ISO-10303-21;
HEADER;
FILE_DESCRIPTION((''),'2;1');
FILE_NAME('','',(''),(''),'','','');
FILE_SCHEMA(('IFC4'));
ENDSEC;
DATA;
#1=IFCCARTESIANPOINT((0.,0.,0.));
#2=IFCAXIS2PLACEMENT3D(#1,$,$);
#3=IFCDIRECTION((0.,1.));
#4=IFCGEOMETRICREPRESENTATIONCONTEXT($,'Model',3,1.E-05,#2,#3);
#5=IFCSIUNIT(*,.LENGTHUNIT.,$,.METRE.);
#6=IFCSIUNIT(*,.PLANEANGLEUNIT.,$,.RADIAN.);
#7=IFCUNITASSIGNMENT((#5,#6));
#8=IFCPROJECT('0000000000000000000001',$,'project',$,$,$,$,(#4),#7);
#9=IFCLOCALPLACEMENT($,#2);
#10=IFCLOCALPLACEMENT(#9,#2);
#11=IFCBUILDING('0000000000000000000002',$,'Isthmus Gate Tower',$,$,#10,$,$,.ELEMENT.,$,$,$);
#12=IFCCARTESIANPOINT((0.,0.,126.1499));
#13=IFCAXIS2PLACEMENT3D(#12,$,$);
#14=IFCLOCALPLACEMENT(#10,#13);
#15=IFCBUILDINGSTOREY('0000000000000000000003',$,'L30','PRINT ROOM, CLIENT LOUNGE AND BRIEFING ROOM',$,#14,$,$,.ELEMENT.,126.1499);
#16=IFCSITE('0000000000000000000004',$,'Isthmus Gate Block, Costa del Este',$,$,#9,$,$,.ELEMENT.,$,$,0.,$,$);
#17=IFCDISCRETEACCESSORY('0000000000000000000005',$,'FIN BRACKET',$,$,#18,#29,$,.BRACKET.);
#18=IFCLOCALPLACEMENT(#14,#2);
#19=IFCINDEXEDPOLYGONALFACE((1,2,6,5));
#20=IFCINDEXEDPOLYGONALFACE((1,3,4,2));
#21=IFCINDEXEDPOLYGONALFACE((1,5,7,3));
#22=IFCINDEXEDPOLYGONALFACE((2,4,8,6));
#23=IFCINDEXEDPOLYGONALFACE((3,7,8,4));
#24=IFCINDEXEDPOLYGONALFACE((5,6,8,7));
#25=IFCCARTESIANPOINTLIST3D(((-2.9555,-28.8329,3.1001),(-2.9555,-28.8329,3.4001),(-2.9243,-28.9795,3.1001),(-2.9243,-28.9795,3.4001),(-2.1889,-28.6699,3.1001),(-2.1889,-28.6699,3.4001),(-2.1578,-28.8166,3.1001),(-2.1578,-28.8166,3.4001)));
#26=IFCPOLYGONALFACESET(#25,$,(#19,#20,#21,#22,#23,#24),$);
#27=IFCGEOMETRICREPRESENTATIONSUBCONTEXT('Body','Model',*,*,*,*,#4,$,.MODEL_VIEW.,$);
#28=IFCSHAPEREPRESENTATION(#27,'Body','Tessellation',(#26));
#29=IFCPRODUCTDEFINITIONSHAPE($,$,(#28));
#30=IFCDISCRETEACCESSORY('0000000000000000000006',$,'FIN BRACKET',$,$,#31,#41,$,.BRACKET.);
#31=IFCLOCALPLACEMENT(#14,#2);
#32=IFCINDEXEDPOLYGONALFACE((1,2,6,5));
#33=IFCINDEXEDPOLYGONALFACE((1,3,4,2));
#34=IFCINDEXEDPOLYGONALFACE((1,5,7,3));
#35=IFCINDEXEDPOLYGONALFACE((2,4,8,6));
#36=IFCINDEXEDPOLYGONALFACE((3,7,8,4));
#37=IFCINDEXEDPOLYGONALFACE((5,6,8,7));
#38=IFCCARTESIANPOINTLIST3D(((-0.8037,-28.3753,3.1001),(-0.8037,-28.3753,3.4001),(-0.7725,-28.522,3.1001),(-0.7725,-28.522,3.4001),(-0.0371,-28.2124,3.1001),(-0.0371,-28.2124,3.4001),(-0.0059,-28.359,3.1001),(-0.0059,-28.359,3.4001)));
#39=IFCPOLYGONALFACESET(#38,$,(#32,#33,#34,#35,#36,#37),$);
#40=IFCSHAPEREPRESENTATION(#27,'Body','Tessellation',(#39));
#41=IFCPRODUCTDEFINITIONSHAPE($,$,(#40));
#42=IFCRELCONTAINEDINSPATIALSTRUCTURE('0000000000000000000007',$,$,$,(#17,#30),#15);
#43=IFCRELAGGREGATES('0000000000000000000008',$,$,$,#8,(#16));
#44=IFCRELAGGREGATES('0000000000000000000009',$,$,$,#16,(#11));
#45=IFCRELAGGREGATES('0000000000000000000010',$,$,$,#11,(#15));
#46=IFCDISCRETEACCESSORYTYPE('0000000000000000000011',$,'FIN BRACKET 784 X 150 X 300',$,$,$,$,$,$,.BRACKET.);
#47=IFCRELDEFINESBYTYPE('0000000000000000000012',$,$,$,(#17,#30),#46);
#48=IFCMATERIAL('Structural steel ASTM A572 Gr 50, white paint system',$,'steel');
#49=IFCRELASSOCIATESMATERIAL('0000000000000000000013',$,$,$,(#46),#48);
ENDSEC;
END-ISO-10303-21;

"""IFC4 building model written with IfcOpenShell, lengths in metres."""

from ifc_helpers import new_model, si_unit, direction, frame, origin, origin_2d, place, context, subcontext, project, spatial, rectangle, extrude, material, type_object, element, save


model = new_model("IFC4")

# Units and contexts
model_context = context("Model", 3, precision=1e-05, world=origin(), true_north=direction((0.0, 1.0)))
body_context = subcontext(model_context, "Body", "Model", "MODEL_VIEW")
ifc_project = project(units=[si_unit("LENGTHUNIT", "METRE"), si_unit("PLANEANGLEUNIT", "RADIAN")], contexts=[model_context])

# Site, building, storey
site_placement = place(None, origin())
site = spatial("IfcSite", under=ifc_project, at=site_placement, Name="Isthmus Gate Block, Costa del Este", CompositionType="ELEMENT", RefElevation=0.0)
building_placement = place(site_placement, origin())
building = spatial("IfcBuilding", under=site, at=building_placement, Name="Isthmus Gate Tower", CompositionType="ELEMENT")
storey_placement = place(building_placement, frame((0.0, 0.0, 126.1499)))
storey = spatial("IfcBuildingStorey", under=building, at=storey_placement, Name="L30", Description="PRINT ROOM, CLIENT LOUNGE AND BRIEFING ROOM", CompositionType="ELEMENT", Elevation=126.1499)

# Discrete accessories
ifc_material_1 = material(Name="Structural steel ASTM A572 Gr 50, white paint system", Category="steel")
discrete_accessory_type = type_object("IfcDiscreteAccessoryType", Name="FIN BRACKET 784 X 150 X 300", PredefinedType="BRACKET", material=ifc_material_1)
for number, where, z_axis, x_axis, name in (
    (1, (-2.5566, -28.8247, 3.1001), (0.0, 0.0, 1.0), (0.207912, -0.978148, 0.0), "FIN BRACKET"),
    (2, (-0.4048, -28.3672, 3.1001), (0.0, 0.0, 1.0), (0.207912, -0.978148, 0.0), "FIN BRACKET"),
):
    element("IfcDiscreteAccessory", number, at=place(storey_placement, frame(where, z_axis=z_axis, x_axis=x_axis)), inside=storey, type_object=discrete_accessory_type, Name=name, PredefinedType="BRACKET", context=body_context, shape_type="SweptSolid", body=[
        extrude(rectangle(XDim=0.1499, YDim=0.7837, at=origin_2d()), origin(), (0.0, 0.0, 1.0), 0.3),
    ])

save(model, "model.ifc")
